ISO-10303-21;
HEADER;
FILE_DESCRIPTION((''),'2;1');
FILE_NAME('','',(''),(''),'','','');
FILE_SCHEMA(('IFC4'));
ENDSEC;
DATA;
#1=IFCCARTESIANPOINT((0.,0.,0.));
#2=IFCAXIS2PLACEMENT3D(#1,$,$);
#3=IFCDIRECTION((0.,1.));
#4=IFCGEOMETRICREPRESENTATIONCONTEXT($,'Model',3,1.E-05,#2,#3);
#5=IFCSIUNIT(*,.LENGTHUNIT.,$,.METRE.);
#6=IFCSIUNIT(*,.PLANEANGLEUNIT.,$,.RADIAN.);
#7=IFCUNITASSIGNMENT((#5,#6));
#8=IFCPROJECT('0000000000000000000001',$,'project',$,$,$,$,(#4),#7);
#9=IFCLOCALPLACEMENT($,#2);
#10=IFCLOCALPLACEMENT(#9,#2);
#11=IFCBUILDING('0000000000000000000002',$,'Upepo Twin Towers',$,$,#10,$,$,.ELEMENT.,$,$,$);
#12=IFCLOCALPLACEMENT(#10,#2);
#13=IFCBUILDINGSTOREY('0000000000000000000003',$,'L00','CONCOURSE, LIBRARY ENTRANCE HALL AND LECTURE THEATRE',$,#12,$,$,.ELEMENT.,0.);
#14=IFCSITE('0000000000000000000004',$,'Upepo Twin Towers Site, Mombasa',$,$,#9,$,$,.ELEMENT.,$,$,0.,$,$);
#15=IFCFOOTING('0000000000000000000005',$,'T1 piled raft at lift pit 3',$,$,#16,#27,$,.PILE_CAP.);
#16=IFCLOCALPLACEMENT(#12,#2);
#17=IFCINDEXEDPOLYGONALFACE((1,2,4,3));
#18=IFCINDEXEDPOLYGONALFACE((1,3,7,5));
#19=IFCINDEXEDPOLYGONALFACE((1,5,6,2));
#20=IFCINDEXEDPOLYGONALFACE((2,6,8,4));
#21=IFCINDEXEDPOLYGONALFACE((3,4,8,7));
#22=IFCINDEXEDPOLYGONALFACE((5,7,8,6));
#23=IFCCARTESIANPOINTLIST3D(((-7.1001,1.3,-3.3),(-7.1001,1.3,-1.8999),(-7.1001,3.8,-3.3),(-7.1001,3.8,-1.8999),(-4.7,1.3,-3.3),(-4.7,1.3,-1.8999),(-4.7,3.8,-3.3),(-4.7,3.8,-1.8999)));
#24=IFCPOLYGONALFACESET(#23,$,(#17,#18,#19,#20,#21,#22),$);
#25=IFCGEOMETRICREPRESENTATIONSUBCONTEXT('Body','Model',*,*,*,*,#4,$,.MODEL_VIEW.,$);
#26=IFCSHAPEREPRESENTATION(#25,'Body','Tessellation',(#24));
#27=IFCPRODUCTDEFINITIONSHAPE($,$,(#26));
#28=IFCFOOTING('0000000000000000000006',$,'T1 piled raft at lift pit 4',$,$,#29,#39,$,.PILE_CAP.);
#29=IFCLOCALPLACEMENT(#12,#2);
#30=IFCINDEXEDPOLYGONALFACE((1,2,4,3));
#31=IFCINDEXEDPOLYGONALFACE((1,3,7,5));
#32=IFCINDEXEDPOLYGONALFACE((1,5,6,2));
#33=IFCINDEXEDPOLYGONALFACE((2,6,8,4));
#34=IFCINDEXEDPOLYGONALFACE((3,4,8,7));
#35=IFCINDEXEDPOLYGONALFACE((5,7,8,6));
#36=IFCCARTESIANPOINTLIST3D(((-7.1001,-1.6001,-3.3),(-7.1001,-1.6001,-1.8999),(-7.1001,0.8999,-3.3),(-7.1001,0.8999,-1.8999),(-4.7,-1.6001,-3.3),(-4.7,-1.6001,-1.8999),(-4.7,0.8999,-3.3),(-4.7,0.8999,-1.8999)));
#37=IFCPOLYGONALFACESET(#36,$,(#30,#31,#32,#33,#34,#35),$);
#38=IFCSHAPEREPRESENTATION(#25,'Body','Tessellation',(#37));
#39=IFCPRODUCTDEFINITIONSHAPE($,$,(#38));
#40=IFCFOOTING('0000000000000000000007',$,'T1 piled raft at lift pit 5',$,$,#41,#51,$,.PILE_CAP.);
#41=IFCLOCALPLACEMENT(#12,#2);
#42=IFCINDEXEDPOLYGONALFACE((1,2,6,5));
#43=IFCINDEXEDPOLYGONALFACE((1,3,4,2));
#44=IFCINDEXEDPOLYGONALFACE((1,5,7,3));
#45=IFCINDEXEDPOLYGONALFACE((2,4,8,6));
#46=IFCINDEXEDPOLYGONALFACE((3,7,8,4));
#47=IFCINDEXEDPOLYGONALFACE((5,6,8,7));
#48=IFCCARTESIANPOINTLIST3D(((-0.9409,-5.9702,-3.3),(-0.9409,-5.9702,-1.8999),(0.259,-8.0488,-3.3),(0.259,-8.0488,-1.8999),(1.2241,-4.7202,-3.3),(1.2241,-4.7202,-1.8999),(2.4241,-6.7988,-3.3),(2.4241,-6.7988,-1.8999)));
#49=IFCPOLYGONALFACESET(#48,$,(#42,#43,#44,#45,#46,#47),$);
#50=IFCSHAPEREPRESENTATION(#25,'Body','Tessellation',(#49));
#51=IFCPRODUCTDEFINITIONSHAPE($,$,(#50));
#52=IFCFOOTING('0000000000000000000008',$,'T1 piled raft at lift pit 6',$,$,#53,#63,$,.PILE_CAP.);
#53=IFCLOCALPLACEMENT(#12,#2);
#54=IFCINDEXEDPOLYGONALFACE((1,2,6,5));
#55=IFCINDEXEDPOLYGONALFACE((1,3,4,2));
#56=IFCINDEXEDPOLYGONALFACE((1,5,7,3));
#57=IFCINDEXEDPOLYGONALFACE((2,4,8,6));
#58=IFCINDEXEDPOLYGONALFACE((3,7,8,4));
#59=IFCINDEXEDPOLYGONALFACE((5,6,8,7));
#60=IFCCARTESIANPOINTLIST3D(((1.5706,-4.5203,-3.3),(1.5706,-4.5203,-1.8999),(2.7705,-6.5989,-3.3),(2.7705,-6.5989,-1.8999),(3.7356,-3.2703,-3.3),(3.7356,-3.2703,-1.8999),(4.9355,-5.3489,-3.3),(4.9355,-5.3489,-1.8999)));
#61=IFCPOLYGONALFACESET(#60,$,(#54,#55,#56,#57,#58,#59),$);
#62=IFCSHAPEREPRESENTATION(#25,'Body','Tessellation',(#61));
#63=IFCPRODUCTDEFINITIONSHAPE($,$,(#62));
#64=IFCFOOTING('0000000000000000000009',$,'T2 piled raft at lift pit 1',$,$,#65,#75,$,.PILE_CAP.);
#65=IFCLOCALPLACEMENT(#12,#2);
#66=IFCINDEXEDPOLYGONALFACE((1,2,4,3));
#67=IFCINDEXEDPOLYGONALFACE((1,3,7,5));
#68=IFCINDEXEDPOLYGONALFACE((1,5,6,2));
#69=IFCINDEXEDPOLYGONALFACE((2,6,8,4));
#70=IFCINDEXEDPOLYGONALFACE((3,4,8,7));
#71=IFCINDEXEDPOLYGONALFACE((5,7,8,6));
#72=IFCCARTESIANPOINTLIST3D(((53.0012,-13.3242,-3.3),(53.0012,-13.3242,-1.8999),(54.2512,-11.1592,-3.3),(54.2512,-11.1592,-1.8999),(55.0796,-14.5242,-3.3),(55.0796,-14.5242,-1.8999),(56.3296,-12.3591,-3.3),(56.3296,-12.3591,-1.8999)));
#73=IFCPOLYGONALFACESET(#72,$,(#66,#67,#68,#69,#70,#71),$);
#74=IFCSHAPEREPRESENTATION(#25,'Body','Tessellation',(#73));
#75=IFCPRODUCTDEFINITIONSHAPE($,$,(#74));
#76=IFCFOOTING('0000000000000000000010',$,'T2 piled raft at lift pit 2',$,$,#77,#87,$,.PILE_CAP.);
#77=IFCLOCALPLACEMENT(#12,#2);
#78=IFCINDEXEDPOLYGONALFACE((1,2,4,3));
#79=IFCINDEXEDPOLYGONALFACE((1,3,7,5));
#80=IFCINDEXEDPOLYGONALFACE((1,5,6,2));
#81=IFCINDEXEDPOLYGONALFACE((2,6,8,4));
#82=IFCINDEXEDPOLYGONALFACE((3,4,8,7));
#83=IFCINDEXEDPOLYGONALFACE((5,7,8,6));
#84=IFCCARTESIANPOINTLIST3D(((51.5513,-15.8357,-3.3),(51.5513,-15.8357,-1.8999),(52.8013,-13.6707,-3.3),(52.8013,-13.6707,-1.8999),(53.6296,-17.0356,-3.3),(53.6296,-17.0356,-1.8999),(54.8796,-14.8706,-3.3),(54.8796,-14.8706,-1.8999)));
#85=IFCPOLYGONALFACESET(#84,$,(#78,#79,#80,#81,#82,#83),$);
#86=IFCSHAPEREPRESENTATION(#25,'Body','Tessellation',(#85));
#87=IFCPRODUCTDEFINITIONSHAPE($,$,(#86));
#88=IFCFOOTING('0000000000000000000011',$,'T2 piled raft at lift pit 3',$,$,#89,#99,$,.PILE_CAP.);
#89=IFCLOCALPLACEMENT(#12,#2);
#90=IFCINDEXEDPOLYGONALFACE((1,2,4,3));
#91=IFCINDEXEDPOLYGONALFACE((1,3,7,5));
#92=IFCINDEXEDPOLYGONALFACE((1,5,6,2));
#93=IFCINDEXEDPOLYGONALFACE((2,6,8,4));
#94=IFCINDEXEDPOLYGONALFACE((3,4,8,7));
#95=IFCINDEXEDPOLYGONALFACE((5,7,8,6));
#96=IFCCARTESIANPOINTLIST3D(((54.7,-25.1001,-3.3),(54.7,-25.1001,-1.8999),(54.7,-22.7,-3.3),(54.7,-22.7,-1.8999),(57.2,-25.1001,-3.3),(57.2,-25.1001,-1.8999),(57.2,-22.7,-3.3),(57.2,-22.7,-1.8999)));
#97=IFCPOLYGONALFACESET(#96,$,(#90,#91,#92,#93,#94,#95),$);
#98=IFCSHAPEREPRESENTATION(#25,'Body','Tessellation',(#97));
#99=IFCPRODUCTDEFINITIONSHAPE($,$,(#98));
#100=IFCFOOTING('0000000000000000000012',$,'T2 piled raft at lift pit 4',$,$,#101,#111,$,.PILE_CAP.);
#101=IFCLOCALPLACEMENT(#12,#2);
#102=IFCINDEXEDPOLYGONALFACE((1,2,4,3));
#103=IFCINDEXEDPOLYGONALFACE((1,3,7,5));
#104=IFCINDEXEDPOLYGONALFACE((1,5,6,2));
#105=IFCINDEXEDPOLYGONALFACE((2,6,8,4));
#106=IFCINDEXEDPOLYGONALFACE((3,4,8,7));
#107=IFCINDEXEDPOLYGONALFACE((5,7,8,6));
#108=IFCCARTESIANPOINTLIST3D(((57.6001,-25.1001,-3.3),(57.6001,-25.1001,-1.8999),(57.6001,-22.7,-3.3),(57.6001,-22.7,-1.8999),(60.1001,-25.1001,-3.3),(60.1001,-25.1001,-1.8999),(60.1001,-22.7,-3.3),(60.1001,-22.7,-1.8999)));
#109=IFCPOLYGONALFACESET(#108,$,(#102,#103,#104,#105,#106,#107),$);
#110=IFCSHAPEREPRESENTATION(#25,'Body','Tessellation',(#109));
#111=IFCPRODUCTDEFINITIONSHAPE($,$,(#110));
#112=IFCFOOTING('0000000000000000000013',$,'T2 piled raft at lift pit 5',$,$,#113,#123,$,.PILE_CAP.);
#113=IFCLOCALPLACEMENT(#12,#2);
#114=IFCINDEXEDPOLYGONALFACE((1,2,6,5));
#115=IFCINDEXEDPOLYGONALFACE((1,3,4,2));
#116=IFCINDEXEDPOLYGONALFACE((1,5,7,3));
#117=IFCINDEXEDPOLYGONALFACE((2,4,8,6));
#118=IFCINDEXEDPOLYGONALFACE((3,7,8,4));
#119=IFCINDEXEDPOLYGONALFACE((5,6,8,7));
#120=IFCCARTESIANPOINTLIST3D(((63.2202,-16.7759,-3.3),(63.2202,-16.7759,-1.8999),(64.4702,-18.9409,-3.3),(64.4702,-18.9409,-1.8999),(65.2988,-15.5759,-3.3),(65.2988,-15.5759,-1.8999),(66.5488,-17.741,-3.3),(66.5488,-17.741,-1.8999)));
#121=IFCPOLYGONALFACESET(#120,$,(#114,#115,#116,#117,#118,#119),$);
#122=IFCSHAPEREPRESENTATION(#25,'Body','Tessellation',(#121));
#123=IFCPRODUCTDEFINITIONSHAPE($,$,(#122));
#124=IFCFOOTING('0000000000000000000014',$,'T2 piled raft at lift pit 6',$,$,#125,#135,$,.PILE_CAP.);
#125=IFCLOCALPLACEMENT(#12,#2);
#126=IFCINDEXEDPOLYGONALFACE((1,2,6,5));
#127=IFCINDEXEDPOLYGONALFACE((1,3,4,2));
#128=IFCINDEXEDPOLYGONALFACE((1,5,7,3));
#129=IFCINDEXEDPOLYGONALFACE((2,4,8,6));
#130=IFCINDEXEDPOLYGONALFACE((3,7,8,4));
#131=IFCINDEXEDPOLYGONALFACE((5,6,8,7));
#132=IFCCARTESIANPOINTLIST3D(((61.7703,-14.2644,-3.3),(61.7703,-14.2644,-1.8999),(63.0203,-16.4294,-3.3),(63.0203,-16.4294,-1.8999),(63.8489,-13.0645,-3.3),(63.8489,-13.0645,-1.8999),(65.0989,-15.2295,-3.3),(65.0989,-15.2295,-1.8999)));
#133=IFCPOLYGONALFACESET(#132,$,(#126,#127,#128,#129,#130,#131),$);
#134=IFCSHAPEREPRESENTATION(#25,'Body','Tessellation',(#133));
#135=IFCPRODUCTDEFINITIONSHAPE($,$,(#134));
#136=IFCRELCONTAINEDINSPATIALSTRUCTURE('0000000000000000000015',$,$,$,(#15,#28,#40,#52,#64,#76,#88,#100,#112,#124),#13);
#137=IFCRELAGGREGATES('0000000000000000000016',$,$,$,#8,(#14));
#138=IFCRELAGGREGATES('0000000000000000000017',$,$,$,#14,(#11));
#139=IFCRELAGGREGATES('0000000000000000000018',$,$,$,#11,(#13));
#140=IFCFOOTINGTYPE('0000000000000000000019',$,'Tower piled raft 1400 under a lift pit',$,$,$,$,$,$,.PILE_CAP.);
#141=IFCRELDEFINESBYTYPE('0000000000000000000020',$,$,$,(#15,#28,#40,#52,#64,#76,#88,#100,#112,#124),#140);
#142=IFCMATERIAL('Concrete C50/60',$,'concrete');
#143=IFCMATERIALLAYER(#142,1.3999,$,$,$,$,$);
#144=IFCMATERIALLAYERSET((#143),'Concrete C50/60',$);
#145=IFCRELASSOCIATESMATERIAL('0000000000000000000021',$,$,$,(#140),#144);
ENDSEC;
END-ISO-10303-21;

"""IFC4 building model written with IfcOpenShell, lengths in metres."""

from ifc_helpers import new_model, si_unit, direction, frame, origin, place, context, subcontext, project, spatial, polyline, outline, extrude, material, layer, layer_set, type_object, element, save


model = new_model("IFC4")

# Units and contexts
model_context = context("Model", 3, precision=1e-05, world=origin(), true_north=direction((0.0, 1.0)))
body_context = subcontext(model_context, "Body", "Model", "MODEL_VIEW")
ifc_project = project(units=[si_unit("LENGTHUNIT", "METRE"), si_unit("PLANEANGLEUNIT", "RADIAN")], contexts=[model_context])

# Site, building, storey
site_placement = place(None, origin())
site = spatial("IfcSite", under=ifc_project, at=site_placement, Name="Upepo Twin Towers Site, Mombasa", CompositionType="ELEMENT", RefElevation=0.0)
building_placement = place(site_placement, origin())
building = spatial("IfcBuilding", under=site, at=building_placement, Name="Upepo Twin Towers", CompositionType="ELEMENT")
storey_placement = place(building_placement, origin())
storey = spatial("IfcBuildingStorey", under=building, at=storey_placement, Name="L00", Description="CONCOURSE, LIBRARY ENTRANCE HALL AND LECTURE THEATRE", CompositionType="ELEMENT", Elevation=0.0)

# Footings
ifc_material_1 = material(Name="Concrete C50/60", Category="concrete")
ifc_layer_1 = layer(ifc_material_1, 1.3999)
ifc_layer_set_1 = layer_set([ifc_layer_1], Name="Concrete C50/60")
footing_type_1 = type_object("IfcFootingType", Name="Tower piled raft 1400 under a lift pit", PredefinedType="PILE_CAP", material=ifc_layer_set_1)
footing_1_placement = place(storey_placement, frame((0.0, 0.0, -3.3)))
element("IfcFooting", 1, at=footing_1_placement, inside=storey, type_object=footing_type_1, Name="T1 piled raft at lift pit 3", PredefinedType="PILE_CAP", context=body_context, shape_type="SweptSolid", body=[
    extrude(outline(polyline([(-4.7, 3.8), (-7.1001, 3.8), (-7.1001, 1.3), (-4.7, 1.3), (-4.7, 3.8)])), origin(), (0.0, 0.0, 1.0), 1.4001),
])
footing_2_placement = place(storey_placement, frame((0.0, 0.0, -3.3)))
element("IfcFooting", 2, at=footing_2_placement, inside=storey, type_object=footing_type_1, Name="T1 piled raft at lift pit 4", PredefinedType="PILE_CAP", context=body_context, shape_type="SweptSolid", body=[
    extrude(outline(polyline([(-4.7, 0.8999), (-7.1001, 0.8999), (-7.1001, -1.6001), (-4.7, -1.6001), (-4.7, 0.8999)])), origin(), (0.0, 0.0, 1.0), 1.4001),
])
footing_3_placement = place(storey_placement, frame((0.0, 0.0, -3.3)))
element("IfcFooting", 3, at=footing_3_placement, inside=storey, type_object=footing_type_1, Name="T1 piled raft at lift pit 5", PredefinedType="PILE_CAP", context=body_context, shape_type="SweptSolid", body=[
    extrude(outline(polyline([(-0.9409, -5.9702), (0.259, -8.0488), (2.4241, -6.7988), (1.2241, -4.7202), (-0.9409, -5.9702)])), origin(), (0.0, 0.0, 1.0), 1.4001),
])
footing_4_placement = place(storey_placement, frame((0.0, 0.0, -3.3)))
element("IfcFooting", 4, at=footing_4_placement, inside=storey, type_object=footing_type_1, Name="T1 piled raft at lift pit 6", PredefinedType="PILE_CAP", context=body_context, shape_type="SweptSolid", body=[
    extrude(outline(polyline([(1.5706, -4.5203), (2.7705, -6.5989), (4.9355, -5.3489), (3.7356, -3.2703), (1.5706, -4.5203)])), origin(), (0.0, 0.0, 1.0), 1.4001),
])
footing_5_placement = place(storey_placement, frame((0.0, 0.0, -3.3)))
element("IfcFooting", 5, at=footing_5_placement, inside=storey, type_object=footing_type_1, Name="T2 piled raft at lift pit 1", PredefinedType="PILE_CAP", context=body_context, shape_type="SweptSolid", body=[
    extrude(outline(polyline([(56.3296, -12.3591), (54.2512, -11.1592), (53.0012, -13.3242), (55.0796, -14.5242), (56.3296, -12.3591)])), origin(), (0.0, 0.0, 1.0), 1.4001),
])
footing_6_placement = place(storey_placement, frame((0.0, 0.0, -3.3)))
element("IfcFooting", 6, at=footing_6_placement, inside=storey, type_object=footing_type_1, Name="T2 piled raft at lift pit 2", PredefinedType="PILE_CAP", context=body_context, shape_type="SweptSolid", body=[
    extrude(outline(polyline([(54.8796, -14.8706), (52.8013, -13.6707), (51.5513, -15.8357), (53.6296, -17.0356), (54.8796, -14.8706)])), origin(), (0.0, 0.0, 1.0), 1.4001),
])
footing_7_placement = place(storey_placement, frame((0.0, 0.0, -3.3)))
element("IfcFooting", 7, at=footing_7_placement, inside=storey, type_object=footing_type_1, Name="T2 piled raft at lift pit 3", PredefinedType="PILE_CAP", context=body_context, shape_type="SweptSolid", body=[
    extrude(outline(polyline([(54.7, -22.7), (54.7, -25.1001), (57.2, -25.1001), (57.2, -22.7), (54.7, -22.7)])), origin(), (0.0, 0.0, 1.0), 1.4001),
])
footing_8_placement = place(storey_placement, frame((0.0, 0.0, -3.3)))
element("IfcFooting", 8, at=footing_8_placement, inside=storey, type_object=footing_type_1, Name="T2 piled raft at lift pit 4", PredefinedType="PILE_CAP", context=body_context, shape_type="SweptSolid", body=[
    extrude(outline(polyline([(57.6001, -22.7), (57.6001, -25.1001), (60.1001, -25.1001), (60.1001, -22.7), (57.6001, -22.7)])), origin(), (0.0, 0.0, 1.0), 1.4001),
])
footing_9_placement = place(storey_placement, frame((0.0, 0.0, -3.3)))
element("IfcFooting", 9, at=footing_9_placement, inside=storey, type_object=footing_type_1, Name="T2 piled raft at lift pit 5", PredefinedType="PILE_CAP", context=body_context, shape_type="SweptSolid", body=[
    extrude(outline(polyline([(64.4702, -18.9409), (66.5488, -17.741), (65.2988, -15.5759), (63.2202, -16.7759), (64.4702, -18.9409)])), origin(), (0.0, 0.0, 1.0), 1.4001),
])
footing_10_placement = place(storey_placement, frame((0.0, 0.0, -3.3)))
element("IfcFooting", 10, at=footing_10_placement, inside=storey, type_object=footing_type_1, Name="T2 piled raft at lift pit 6", PredefinedType="PILE_CAP", context=body_context, shape_type="SweptSolid", body=[
    extrude(outline(polyline([(63.0203, -16.4294), (65.0989, -15.2295), (63.8489, -13.0645), (61.7703, -14.2644), (63.0203, -16.4294)])), origin(), (0.0, 0.0, 1.0), 1.4001),
])

save(model, "model.ifc")
